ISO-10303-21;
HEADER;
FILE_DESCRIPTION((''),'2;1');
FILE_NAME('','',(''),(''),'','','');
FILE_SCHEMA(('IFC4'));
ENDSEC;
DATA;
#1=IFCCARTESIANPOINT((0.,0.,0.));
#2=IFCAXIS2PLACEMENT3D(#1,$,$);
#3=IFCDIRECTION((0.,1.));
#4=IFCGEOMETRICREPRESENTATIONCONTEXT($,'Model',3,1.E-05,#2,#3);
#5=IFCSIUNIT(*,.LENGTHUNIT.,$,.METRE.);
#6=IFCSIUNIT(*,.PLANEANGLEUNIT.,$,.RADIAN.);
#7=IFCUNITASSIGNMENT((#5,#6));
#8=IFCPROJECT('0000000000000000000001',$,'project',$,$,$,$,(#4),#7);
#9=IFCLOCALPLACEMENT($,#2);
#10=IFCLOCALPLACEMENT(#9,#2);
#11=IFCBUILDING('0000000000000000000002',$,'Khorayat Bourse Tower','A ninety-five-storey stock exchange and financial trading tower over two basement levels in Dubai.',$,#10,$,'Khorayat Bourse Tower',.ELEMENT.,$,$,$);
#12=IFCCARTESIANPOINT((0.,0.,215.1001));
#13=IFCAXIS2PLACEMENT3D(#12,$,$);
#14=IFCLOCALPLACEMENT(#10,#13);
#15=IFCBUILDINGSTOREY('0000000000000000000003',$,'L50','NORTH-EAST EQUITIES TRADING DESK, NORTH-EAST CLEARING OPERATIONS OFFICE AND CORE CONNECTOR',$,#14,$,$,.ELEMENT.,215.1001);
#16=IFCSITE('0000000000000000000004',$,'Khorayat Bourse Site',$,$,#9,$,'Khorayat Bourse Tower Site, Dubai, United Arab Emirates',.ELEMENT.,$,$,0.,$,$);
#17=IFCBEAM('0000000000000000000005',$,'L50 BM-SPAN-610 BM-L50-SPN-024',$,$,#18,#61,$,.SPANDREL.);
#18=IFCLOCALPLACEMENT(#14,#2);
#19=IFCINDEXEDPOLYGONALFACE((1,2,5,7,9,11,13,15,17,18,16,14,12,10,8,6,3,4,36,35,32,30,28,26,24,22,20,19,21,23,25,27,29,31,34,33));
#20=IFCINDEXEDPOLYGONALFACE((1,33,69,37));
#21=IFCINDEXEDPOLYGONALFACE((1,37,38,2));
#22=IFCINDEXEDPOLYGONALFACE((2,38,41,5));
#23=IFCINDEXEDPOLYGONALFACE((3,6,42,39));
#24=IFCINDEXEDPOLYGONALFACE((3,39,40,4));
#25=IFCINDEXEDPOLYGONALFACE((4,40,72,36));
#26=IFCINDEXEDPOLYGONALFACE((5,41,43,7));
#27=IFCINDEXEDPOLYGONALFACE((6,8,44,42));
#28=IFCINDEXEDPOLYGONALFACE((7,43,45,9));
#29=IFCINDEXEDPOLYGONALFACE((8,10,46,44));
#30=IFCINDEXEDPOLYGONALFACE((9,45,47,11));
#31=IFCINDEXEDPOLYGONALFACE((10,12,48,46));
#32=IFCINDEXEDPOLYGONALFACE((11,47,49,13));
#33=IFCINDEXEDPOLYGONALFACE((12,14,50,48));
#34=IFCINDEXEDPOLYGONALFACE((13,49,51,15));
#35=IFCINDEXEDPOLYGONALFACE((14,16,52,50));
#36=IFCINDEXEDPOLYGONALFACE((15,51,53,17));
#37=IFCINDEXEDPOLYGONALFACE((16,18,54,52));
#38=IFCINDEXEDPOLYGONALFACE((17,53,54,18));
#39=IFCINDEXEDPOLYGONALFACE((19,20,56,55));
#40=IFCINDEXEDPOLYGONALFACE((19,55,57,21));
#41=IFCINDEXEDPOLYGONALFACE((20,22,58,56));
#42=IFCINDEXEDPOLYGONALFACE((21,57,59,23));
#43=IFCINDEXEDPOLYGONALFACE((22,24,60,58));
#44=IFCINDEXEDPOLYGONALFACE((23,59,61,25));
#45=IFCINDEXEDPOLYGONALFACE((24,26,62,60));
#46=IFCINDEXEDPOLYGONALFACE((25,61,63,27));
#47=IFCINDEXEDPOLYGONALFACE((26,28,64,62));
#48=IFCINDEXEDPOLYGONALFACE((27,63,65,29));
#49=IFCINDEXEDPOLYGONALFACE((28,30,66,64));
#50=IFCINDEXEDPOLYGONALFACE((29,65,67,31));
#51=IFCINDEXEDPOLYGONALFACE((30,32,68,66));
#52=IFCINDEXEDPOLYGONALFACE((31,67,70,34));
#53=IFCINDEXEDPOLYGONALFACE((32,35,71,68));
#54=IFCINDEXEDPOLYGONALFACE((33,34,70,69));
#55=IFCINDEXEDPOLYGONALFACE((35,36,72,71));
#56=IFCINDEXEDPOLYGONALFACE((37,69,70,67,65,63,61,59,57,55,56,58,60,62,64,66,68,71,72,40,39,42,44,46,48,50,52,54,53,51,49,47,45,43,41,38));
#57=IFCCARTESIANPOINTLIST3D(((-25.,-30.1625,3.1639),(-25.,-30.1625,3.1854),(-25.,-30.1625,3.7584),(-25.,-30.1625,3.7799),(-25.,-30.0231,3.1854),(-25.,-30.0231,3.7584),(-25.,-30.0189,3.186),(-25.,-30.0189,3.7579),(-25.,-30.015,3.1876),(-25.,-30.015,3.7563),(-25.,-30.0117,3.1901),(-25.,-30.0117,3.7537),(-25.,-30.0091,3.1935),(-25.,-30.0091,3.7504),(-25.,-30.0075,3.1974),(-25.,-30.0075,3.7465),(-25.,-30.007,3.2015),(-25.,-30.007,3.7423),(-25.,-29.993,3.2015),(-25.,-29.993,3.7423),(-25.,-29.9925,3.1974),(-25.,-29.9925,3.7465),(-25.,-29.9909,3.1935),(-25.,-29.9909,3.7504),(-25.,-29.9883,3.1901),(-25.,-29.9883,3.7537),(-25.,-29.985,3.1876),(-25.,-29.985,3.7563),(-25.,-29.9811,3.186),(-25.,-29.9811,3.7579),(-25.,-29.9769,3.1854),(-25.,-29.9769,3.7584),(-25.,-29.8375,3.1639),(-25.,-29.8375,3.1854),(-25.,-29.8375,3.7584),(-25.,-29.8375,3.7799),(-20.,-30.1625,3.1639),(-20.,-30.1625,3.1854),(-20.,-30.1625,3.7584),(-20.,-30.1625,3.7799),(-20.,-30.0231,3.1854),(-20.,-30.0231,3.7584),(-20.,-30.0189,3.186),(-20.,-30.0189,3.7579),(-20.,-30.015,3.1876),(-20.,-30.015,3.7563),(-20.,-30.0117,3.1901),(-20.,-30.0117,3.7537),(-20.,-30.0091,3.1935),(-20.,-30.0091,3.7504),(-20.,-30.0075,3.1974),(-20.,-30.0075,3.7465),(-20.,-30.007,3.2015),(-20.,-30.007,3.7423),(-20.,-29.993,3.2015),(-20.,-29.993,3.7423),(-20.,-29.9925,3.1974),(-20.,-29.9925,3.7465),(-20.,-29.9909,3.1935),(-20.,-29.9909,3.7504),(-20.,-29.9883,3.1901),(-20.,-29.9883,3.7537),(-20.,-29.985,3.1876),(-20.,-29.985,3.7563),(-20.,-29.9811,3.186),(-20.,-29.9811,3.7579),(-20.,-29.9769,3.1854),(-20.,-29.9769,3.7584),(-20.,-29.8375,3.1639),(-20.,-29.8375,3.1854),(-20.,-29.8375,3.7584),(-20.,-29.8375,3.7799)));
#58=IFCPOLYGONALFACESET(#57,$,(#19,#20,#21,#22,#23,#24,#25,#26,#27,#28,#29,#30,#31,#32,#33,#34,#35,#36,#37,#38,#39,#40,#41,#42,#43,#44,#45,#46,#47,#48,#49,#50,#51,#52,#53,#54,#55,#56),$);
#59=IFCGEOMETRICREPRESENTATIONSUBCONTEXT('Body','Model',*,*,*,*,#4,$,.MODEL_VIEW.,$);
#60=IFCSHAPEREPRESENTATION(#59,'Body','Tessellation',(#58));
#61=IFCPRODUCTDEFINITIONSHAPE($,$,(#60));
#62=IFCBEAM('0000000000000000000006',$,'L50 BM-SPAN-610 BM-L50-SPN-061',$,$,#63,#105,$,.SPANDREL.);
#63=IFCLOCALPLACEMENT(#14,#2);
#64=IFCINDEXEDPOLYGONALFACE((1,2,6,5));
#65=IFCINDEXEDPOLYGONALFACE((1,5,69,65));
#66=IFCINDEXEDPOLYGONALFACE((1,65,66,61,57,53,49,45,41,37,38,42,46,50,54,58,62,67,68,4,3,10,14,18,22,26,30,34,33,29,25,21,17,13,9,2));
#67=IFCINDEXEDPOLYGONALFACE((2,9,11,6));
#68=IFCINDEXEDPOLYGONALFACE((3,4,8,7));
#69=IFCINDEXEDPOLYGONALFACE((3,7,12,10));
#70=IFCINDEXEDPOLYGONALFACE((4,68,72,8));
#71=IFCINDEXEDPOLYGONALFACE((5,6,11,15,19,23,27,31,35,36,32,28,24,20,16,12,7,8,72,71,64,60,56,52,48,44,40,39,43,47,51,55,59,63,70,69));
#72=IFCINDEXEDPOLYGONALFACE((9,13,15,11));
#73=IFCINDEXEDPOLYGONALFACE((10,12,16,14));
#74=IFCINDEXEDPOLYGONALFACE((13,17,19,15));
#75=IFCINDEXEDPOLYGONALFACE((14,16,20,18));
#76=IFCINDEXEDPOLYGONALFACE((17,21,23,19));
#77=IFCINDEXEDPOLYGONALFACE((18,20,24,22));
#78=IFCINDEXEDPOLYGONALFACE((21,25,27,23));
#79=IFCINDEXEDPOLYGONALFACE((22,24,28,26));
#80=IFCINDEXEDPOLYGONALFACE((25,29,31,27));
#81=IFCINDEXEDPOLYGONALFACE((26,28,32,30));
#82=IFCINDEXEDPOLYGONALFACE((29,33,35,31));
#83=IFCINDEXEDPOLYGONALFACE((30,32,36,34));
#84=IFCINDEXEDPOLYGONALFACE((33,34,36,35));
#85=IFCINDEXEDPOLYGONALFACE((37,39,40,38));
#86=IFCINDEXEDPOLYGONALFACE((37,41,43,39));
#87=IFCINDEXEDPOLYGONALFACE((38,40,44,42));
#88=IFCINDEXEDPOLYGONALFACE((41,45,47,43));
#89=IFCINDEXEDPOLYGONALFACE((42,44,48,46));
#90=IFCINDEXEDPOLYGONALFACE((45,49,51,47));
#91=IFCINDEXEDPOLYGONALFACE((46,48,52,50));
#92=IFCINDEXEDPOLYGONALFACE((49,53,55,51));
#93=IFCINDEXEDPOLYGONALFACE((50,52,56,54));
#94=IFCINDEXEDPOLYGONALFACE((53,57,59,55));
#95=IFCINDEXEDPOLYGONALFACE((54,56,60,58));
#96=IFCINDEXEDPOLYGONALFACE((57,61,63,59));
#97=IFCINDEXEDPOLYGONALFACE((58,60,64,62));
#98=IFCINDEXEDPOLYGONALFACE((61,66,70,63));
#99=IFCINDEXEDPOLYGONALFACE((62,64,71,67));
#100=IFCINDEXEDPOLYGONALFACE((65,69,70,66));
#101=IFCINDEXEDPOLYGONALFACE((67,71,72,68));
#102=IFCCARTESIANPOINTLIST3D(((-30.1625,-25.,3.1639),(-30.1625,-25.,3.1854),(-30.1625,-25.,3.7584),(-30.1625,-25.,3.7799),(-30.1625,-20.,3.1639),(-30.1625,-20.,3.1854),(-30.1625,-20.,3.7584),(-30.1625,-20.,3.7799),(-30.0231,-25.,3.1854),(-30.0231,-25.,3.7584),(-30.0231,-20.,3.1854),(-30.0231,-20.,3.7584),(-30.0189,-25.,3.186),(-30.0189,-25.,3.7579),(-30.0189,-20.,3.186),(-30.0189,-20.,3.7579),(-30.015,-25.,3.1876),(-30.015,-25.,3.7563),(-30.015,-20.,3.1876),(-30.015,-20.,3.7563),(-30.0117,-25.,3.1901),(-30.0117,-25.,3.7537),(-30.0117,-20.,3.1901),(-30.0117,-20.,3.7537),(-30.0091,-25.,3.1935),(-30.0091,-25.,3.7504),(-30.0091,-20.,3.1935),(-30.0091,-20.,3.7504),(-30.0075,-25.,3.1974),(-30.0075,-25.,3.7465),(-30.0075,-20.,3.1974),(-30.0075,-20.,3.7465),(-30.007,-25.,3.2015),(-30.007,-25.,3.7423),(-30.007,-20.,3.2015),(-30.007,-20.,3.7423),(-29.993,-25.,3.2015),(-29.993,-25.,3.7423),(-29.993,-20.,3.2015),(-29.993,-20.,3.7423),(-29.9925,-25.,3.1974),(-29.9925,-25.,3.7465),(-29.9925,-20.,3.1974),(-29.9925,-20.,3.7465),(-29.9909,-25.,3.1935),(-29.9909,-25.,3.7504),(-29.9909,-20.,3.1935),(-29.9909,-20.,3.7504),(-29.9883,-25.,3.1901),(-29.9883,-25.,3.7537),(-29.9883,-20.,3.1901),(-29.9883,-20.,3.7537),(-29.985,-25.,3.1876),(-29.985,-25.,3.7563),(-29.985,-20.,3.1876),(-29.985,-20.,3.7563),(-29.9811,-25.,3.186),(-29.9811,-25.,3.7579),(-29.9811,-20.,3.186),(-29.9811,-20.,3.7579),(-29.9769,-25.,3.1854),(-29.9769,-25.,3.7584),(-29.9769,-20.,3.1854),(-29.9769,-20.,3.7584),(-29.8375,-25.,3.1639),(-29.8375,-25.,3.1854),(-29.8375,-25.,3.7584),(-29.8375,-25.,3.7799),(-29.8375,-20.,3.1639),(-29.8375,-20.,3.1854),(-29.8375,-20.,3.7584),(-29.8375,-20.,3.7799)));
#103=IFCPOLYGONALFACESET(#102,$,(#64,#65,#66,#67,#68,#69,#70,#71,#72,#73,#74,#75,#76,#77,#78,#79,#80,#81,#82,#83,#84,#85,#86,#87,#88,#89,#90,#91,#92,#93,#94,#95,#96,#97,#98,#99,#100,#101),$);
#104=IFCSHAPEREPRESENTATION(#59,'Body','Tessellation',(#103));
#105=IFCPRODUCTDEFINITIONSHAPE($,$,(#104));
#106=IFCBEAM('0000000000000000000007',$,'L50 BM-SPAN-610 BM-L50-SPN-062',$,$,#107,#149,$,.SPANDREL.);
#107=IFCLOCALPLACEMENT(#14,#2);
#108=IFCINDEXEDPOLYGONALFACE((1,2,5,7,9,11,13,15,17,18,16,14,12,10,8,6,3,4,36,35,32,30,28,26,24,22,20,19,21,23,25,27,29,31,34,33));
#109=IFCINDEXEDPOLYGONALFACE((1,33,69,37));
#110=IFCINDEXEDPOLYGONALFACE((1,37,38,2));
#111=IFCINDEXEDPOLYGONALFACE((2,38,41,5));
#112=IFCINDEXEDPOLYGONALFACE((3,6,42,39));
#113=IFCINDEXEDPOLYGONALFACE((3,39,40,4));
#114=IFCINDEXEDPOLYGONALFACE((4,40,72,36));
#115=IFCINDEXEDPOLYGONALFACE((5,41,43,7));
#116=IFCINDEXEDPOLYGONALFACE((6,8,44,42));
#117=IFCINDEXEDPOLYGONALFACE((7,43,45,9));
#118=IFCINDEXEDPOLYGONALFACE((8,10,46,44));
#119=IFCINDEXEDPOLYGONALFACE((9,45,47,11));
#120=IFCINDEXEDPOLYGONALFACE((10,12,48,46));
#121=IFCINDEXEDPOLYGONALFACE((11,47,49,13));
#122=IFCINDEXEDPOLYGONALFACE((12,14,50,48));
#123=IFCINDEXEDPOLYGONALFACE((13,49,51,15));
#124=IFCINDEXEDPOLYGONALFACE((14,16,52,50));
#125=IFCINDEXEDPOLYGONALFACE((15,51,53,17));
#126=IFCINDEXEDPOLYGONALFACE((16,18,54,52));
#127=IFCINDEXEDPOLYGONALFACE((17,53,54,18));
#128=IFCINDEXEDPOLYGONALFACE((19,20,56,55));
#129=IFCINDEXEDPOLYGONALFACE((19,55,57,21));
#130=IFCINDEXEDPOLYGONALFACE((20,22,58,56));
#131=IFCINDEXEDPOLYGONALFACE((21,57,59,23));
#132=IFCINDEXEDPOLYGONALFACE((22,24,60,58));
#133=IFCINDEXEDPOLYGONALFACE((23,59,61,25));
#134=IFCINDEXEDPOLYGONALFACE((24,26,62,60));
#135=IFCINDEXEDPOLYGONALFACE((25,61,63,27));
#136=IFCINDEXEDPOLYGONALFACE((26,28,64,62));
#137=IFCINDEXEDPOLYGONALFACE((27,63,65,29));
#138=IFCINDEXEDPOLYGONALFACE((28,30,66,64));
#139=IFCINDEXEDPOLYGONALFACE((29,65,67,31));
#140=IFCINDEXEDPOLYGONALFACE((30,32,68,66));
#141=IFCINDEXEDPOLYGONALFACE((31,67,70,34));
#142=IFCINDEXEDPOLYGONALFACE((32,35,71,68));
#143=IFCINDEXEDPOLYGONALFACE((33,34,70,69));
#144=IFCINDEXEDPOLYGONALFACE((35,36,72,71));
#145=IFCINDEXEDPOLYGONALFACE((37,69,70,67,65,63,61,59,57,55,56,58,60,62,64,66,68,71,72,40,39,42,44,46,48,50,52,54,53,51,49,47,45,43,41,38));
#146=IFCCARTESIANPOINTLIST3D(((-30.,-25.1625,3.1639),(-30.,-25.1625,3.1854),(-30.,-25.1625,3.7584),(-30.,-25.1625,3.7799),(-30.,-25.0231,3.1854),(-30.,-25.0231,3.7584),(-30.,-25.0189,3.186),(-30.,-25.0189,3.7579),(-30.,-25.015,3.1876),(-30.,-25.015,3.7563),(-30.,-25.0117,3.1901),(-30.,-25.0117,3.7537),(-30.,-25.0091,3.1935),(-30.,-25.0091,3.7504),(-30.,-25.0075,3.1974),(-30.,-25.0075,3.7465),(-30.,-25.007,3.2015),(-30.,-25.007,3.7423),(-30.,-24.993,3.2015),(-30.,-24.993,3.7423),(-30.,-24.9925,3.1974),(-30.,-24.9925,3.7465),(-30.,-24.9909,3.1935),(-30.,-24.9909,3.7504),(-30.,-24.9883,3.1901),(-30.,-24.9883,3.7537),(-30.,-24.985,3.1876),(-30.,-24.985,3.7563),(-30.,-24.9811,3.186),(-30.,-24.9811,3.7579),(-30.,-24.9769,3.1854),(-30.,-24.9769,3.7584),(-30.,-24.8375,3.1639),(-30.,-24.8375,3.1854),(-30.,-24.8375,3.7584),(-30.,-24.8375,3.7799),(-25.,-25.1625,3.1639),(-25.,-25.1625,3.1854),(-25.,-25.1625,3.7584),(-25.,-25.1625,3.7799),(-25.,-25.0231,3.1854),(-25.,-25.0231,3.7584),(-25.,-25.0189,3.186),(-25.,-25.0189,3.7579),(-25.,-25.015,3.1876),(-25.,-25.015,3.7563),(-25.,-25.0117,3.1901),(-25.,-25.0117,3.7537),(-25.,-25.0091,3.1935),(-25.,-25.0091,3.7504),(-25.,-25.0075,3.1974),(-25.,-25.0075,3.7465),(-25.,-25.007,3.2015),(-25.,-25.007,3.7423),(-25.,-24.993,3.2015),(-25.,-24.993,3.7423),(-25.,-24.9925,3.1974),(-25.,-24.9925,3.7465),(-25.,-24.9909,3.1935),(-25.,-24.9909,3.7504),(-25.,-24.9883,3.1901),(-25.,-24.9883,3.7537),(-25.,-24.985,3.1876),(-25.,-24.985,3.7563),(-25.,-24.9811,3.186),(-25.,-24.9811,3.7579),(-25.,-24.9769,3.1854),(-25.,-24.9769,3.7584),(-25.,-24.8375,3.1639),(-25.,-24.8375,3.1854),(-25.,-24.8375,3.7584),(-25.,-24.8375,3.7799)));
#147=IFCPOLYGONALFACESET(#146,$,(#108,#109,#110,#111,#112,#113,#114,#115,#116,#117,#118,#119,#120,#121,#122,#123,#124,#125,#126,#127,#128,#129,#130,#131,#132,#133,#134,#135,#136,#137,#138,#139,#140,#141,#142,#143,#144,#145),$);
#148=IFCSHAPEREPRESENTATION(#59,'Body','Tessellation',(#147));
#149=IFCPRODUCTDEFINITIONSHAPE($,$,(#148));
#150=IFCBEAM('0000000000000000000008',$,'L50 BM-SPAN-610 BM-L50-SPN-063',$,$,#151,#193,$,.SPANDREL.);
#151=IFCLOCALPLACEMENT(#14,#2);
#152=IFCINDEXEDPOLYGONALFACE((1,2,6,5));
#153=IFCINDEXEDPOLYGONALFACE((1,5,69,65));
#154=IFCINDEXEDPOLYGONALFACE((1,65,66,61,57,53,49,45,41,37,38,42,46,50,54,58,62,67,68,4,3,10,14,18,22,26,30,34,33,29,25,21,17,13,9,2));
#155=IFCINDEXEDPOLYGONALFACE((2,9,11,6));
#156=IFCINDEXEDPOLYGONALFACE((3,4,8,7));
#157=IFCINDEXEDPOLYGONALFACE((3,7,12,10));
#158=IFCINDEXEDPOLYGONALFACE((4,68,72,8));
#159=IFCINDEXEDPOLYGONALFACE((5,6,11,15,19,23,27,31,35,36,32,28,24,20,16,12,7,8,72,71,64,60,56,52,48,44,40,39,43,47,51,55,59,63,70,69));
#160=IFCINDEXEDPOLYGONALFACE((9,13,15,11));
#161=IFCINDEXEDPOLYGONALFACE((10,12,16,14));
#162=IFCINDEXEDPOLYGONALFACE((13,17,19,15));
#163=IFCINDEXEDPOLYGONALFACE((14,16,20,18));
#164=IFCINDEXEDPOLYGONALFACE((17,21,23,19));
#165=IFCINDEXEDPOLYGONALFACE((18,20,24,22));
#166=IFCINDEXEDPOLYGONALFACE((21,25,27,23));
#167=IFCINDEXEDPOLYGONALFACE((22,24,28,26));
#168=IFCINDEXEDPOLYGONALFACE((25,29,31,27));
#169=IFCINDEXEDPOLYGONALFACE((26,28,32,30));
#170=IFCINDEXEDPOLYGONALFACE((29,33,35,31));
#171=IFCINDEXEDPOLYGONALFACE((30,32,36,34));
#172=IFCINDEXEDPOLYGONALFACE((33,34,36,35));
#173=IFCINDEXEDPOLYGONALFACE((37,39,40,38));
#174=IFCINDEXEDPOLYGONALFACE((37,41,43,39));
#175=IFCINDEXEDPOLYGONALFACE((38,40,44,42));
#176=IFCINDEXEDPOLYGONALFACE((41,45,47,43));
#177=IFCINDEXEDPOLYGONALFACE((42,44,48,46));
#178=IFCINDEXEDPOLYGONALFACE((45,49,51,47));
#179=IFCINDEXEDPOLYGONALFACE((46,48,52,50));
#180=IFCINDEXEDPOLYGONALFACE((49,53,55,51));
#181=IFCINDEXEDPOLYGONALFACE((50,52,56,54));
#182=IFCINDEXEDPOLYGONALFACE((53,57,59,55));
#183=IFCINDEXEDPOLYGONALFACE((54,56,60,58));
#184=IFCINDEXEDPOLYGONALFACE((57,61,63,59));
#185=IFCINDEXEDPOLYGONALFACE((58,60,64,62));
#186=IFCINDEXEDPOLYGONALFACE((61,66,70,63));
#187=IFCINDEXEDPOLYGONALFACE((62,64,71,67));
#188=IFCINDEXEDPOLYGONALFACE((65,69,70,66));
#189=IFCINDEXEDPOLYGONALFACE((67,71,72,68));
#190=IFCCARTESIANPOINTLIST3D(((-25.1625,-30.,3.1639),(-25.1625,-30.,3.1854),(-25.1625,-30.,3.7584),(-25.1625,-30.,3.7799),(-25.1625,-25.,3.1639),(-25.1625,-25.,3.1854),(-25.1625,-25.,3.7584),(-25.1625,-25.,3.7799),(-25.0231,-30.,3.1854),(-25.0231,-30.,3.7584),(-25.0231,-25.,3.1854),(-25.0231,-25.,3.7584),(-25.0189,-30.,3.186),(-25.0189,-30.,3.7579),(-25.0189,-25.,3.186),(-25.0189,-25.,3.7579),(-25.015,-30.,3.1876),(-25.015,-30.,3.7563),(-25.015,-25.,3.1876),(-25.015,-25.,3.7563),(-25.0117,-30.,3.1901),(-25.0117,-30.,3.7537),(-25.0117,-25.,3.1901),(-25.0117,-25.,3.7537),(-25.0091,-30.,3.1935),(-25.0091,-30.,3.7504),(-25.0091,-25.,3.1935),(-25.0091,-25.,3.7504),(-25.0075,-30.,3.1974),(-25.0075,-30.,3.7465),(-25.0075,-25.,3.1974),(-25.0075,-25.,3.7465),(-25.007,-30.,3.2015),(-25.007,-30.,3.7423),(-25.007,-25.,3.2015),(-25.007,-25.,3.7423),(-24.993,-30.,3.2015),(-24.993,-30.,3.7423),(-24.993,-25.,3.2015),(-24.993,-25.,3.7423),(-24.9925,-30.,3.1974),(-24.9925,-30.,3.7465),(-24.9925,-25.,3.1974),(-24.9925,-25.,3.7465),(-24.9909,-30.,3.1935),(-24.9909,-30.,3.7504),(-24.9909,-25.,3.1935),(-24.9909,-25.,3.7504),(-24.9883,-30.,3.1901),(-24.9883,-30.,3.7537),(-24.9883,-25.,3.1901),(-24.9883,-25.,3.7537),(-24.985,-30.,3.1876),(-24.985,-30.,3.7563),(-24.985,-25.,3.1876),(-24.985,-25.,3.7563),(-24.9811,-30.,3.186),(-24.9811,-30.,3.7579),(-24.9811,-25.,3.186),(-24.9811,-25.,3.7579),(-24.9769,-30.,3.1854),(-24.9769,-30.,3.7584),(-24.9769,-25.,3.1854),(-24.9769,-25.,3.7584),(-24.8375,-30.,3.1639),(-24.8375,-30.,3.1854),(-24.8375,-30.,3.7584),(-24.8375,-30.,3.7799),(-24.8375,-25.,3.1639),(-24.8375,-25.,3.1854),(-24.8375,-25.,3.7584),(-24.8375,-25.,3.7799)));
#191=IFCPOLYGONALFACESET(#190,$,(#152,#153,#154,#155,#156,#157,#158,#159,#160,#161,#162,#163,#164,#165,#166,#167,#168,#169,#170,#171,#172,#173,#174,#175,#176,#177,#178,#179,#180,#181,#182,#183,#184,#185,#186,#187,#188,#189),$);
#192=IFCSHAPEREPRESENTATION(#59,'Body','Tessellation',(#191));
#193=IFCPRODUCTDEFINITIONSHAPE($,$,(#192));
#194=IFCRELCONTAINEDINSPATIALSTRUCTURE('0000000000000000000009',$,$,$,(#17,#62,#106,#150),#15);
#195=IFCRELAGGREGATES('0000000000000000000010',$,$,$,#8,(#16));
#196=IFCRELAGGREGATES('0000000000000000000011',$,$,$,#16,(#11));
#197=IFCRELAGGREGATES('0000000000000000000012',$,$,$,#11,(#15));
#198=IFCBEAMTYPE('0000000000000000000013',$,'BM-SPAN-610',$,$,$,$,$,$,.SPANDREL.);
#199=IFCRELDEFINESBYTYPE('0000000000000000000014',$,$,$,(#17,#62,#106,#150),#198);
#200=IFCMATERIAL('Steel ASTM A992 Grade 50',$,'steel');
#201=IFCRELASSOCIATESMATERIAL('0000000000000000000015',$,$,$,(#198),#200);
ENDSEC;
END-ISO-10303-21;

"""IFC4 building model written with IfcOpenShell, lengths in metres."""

from ifc_helpers import new_model, si_unit, direction, frame, origin, origin_2d, place, context, subcontext, project, spatial, i_section, extrude, source, transform, mapped, material, material_profile, profile_set, type_object, element, save


model = new_model("IFC4")

# Units and contexts
model_context = context("Model", 3, precision=1e-05, world=origin(), true_north=direction((0.0, 1.0)))
body_context = subcontext(model_context, "Body", "Model", "MODEL_VIEW")
ifc_project = project(units=[si_unit("LENGTHUNIT", "METRE"), si_unit("PLANEANGLEUNIT", "RADIAN")], contexts=[model_context])

# Site, building, storey
site_placement = place(None, origin())
site = spatial("IfcSite", under=ifc_project, at=site_placement, Name="Khorayat Bourse Site", LongName="Khorayat Bourse Tower Site, Dubai, United Arab Emirates", CompositionType="ELEMENT", RefElevation=0.0)
building_placement = place(site_placement, origin())
building = spatial("IfcBuilding", under=site, at=building_placement, Name="Khorayat Bourse Tower", Description="A ninety-five-storey stock exchange and financial trading tower over two basement levels in Dubai.", LongName="Khorayat Bourse Tower", CompositionType="ELEMENT")
storey_placement = place(building_placement, frame((0.0, 0.0, 215.1001)))
storey = spatial("IfcBuildingStorey", under=building, at=storey_placement, Name="L50", Description="NORTH-EAST EQUITIES TRADING DESK, NORTH-EAST CLEARING OPERATIONS OFFICE AND CORE CONNECTOR", CompositionType="ELEMENT", Elevation=215.1001)

# Beams
ifc_material_1 = material(Name="Steel ASTM A992 Grade 50", Category="steel")
ifc_material_profile_1 = material_profile(ifc_material_1, i_section(OverallWidth=0.325, OverallDepth=0.616, WebThickness=0.0139, FlangeThickness=0.0215, FilletRadius=0.0161, at=origin_2d()), Name="W610X174")
ifc_profile_set_1 = profile_set([ifc_material_profile_1], Name="Steel ASTM A992 Grade 50")
beam_type_1 = type_object("IfcBeamType", Name="BM-SPAN-610", PredefinedType="SPANDREL", material=ifc_profile_set_1)
shared_shape_1 = source(origin(), body_context, "Body", "SweptSolid", [
    extrude(i_section(OverallWidth=0.325, OverallDepth=0.616, WebThickness=0.0139, FlangeThickness=0.0215, FilletRadius=0.0161, at=origin_2d()), origin(), (0.0, 0.0, 1.0), 5.0),
])
for number, where, z_axis, x_axis, name in (
    (1, (-25.0, -30.0, 3.4719), (1.0, 0.0, 0.0), (0.0, 1.0, 0.0), "L50 BM-SPAN-610 BM-L50-SPN-024"),
    (2, (-30.0, -25.0, 3.4719), (0.0, 1.0, 0.0), (-1.0, 0.0, 0.0), "L50 BM-SPAN-610 BM-L50-SPN-061"),
    (3, (-30.0, -25.0, 3.4719), (1.0, 0.0, 0.0), (0.0, 1.0, 0.0), "L50 BM-SPAN-610 BM-L50-SPN-062"),
    (4, (-25.0, -30.0, 3.4719), (0.0, 1.0, 0.0), (-1.0, 0.0, 0.0), "L50 BM-SPAN-610 BM-L50-SPN-063"),
):
    element("IfcBeam", number, at=place(storey_placement, frame(where, z_axis=z_axis, x_axis=x_axis)), inside=storey, type_object=beam_type_1, Name=name, PredefinedType="SPANDREL", context=body_context, shape_type="MappedRepresentation", body=[
        mapped(shared_shape_1, transform((0.0, 0.0, 0.0), scale=1.0)),
    ])

save(model, "model.ifc")
